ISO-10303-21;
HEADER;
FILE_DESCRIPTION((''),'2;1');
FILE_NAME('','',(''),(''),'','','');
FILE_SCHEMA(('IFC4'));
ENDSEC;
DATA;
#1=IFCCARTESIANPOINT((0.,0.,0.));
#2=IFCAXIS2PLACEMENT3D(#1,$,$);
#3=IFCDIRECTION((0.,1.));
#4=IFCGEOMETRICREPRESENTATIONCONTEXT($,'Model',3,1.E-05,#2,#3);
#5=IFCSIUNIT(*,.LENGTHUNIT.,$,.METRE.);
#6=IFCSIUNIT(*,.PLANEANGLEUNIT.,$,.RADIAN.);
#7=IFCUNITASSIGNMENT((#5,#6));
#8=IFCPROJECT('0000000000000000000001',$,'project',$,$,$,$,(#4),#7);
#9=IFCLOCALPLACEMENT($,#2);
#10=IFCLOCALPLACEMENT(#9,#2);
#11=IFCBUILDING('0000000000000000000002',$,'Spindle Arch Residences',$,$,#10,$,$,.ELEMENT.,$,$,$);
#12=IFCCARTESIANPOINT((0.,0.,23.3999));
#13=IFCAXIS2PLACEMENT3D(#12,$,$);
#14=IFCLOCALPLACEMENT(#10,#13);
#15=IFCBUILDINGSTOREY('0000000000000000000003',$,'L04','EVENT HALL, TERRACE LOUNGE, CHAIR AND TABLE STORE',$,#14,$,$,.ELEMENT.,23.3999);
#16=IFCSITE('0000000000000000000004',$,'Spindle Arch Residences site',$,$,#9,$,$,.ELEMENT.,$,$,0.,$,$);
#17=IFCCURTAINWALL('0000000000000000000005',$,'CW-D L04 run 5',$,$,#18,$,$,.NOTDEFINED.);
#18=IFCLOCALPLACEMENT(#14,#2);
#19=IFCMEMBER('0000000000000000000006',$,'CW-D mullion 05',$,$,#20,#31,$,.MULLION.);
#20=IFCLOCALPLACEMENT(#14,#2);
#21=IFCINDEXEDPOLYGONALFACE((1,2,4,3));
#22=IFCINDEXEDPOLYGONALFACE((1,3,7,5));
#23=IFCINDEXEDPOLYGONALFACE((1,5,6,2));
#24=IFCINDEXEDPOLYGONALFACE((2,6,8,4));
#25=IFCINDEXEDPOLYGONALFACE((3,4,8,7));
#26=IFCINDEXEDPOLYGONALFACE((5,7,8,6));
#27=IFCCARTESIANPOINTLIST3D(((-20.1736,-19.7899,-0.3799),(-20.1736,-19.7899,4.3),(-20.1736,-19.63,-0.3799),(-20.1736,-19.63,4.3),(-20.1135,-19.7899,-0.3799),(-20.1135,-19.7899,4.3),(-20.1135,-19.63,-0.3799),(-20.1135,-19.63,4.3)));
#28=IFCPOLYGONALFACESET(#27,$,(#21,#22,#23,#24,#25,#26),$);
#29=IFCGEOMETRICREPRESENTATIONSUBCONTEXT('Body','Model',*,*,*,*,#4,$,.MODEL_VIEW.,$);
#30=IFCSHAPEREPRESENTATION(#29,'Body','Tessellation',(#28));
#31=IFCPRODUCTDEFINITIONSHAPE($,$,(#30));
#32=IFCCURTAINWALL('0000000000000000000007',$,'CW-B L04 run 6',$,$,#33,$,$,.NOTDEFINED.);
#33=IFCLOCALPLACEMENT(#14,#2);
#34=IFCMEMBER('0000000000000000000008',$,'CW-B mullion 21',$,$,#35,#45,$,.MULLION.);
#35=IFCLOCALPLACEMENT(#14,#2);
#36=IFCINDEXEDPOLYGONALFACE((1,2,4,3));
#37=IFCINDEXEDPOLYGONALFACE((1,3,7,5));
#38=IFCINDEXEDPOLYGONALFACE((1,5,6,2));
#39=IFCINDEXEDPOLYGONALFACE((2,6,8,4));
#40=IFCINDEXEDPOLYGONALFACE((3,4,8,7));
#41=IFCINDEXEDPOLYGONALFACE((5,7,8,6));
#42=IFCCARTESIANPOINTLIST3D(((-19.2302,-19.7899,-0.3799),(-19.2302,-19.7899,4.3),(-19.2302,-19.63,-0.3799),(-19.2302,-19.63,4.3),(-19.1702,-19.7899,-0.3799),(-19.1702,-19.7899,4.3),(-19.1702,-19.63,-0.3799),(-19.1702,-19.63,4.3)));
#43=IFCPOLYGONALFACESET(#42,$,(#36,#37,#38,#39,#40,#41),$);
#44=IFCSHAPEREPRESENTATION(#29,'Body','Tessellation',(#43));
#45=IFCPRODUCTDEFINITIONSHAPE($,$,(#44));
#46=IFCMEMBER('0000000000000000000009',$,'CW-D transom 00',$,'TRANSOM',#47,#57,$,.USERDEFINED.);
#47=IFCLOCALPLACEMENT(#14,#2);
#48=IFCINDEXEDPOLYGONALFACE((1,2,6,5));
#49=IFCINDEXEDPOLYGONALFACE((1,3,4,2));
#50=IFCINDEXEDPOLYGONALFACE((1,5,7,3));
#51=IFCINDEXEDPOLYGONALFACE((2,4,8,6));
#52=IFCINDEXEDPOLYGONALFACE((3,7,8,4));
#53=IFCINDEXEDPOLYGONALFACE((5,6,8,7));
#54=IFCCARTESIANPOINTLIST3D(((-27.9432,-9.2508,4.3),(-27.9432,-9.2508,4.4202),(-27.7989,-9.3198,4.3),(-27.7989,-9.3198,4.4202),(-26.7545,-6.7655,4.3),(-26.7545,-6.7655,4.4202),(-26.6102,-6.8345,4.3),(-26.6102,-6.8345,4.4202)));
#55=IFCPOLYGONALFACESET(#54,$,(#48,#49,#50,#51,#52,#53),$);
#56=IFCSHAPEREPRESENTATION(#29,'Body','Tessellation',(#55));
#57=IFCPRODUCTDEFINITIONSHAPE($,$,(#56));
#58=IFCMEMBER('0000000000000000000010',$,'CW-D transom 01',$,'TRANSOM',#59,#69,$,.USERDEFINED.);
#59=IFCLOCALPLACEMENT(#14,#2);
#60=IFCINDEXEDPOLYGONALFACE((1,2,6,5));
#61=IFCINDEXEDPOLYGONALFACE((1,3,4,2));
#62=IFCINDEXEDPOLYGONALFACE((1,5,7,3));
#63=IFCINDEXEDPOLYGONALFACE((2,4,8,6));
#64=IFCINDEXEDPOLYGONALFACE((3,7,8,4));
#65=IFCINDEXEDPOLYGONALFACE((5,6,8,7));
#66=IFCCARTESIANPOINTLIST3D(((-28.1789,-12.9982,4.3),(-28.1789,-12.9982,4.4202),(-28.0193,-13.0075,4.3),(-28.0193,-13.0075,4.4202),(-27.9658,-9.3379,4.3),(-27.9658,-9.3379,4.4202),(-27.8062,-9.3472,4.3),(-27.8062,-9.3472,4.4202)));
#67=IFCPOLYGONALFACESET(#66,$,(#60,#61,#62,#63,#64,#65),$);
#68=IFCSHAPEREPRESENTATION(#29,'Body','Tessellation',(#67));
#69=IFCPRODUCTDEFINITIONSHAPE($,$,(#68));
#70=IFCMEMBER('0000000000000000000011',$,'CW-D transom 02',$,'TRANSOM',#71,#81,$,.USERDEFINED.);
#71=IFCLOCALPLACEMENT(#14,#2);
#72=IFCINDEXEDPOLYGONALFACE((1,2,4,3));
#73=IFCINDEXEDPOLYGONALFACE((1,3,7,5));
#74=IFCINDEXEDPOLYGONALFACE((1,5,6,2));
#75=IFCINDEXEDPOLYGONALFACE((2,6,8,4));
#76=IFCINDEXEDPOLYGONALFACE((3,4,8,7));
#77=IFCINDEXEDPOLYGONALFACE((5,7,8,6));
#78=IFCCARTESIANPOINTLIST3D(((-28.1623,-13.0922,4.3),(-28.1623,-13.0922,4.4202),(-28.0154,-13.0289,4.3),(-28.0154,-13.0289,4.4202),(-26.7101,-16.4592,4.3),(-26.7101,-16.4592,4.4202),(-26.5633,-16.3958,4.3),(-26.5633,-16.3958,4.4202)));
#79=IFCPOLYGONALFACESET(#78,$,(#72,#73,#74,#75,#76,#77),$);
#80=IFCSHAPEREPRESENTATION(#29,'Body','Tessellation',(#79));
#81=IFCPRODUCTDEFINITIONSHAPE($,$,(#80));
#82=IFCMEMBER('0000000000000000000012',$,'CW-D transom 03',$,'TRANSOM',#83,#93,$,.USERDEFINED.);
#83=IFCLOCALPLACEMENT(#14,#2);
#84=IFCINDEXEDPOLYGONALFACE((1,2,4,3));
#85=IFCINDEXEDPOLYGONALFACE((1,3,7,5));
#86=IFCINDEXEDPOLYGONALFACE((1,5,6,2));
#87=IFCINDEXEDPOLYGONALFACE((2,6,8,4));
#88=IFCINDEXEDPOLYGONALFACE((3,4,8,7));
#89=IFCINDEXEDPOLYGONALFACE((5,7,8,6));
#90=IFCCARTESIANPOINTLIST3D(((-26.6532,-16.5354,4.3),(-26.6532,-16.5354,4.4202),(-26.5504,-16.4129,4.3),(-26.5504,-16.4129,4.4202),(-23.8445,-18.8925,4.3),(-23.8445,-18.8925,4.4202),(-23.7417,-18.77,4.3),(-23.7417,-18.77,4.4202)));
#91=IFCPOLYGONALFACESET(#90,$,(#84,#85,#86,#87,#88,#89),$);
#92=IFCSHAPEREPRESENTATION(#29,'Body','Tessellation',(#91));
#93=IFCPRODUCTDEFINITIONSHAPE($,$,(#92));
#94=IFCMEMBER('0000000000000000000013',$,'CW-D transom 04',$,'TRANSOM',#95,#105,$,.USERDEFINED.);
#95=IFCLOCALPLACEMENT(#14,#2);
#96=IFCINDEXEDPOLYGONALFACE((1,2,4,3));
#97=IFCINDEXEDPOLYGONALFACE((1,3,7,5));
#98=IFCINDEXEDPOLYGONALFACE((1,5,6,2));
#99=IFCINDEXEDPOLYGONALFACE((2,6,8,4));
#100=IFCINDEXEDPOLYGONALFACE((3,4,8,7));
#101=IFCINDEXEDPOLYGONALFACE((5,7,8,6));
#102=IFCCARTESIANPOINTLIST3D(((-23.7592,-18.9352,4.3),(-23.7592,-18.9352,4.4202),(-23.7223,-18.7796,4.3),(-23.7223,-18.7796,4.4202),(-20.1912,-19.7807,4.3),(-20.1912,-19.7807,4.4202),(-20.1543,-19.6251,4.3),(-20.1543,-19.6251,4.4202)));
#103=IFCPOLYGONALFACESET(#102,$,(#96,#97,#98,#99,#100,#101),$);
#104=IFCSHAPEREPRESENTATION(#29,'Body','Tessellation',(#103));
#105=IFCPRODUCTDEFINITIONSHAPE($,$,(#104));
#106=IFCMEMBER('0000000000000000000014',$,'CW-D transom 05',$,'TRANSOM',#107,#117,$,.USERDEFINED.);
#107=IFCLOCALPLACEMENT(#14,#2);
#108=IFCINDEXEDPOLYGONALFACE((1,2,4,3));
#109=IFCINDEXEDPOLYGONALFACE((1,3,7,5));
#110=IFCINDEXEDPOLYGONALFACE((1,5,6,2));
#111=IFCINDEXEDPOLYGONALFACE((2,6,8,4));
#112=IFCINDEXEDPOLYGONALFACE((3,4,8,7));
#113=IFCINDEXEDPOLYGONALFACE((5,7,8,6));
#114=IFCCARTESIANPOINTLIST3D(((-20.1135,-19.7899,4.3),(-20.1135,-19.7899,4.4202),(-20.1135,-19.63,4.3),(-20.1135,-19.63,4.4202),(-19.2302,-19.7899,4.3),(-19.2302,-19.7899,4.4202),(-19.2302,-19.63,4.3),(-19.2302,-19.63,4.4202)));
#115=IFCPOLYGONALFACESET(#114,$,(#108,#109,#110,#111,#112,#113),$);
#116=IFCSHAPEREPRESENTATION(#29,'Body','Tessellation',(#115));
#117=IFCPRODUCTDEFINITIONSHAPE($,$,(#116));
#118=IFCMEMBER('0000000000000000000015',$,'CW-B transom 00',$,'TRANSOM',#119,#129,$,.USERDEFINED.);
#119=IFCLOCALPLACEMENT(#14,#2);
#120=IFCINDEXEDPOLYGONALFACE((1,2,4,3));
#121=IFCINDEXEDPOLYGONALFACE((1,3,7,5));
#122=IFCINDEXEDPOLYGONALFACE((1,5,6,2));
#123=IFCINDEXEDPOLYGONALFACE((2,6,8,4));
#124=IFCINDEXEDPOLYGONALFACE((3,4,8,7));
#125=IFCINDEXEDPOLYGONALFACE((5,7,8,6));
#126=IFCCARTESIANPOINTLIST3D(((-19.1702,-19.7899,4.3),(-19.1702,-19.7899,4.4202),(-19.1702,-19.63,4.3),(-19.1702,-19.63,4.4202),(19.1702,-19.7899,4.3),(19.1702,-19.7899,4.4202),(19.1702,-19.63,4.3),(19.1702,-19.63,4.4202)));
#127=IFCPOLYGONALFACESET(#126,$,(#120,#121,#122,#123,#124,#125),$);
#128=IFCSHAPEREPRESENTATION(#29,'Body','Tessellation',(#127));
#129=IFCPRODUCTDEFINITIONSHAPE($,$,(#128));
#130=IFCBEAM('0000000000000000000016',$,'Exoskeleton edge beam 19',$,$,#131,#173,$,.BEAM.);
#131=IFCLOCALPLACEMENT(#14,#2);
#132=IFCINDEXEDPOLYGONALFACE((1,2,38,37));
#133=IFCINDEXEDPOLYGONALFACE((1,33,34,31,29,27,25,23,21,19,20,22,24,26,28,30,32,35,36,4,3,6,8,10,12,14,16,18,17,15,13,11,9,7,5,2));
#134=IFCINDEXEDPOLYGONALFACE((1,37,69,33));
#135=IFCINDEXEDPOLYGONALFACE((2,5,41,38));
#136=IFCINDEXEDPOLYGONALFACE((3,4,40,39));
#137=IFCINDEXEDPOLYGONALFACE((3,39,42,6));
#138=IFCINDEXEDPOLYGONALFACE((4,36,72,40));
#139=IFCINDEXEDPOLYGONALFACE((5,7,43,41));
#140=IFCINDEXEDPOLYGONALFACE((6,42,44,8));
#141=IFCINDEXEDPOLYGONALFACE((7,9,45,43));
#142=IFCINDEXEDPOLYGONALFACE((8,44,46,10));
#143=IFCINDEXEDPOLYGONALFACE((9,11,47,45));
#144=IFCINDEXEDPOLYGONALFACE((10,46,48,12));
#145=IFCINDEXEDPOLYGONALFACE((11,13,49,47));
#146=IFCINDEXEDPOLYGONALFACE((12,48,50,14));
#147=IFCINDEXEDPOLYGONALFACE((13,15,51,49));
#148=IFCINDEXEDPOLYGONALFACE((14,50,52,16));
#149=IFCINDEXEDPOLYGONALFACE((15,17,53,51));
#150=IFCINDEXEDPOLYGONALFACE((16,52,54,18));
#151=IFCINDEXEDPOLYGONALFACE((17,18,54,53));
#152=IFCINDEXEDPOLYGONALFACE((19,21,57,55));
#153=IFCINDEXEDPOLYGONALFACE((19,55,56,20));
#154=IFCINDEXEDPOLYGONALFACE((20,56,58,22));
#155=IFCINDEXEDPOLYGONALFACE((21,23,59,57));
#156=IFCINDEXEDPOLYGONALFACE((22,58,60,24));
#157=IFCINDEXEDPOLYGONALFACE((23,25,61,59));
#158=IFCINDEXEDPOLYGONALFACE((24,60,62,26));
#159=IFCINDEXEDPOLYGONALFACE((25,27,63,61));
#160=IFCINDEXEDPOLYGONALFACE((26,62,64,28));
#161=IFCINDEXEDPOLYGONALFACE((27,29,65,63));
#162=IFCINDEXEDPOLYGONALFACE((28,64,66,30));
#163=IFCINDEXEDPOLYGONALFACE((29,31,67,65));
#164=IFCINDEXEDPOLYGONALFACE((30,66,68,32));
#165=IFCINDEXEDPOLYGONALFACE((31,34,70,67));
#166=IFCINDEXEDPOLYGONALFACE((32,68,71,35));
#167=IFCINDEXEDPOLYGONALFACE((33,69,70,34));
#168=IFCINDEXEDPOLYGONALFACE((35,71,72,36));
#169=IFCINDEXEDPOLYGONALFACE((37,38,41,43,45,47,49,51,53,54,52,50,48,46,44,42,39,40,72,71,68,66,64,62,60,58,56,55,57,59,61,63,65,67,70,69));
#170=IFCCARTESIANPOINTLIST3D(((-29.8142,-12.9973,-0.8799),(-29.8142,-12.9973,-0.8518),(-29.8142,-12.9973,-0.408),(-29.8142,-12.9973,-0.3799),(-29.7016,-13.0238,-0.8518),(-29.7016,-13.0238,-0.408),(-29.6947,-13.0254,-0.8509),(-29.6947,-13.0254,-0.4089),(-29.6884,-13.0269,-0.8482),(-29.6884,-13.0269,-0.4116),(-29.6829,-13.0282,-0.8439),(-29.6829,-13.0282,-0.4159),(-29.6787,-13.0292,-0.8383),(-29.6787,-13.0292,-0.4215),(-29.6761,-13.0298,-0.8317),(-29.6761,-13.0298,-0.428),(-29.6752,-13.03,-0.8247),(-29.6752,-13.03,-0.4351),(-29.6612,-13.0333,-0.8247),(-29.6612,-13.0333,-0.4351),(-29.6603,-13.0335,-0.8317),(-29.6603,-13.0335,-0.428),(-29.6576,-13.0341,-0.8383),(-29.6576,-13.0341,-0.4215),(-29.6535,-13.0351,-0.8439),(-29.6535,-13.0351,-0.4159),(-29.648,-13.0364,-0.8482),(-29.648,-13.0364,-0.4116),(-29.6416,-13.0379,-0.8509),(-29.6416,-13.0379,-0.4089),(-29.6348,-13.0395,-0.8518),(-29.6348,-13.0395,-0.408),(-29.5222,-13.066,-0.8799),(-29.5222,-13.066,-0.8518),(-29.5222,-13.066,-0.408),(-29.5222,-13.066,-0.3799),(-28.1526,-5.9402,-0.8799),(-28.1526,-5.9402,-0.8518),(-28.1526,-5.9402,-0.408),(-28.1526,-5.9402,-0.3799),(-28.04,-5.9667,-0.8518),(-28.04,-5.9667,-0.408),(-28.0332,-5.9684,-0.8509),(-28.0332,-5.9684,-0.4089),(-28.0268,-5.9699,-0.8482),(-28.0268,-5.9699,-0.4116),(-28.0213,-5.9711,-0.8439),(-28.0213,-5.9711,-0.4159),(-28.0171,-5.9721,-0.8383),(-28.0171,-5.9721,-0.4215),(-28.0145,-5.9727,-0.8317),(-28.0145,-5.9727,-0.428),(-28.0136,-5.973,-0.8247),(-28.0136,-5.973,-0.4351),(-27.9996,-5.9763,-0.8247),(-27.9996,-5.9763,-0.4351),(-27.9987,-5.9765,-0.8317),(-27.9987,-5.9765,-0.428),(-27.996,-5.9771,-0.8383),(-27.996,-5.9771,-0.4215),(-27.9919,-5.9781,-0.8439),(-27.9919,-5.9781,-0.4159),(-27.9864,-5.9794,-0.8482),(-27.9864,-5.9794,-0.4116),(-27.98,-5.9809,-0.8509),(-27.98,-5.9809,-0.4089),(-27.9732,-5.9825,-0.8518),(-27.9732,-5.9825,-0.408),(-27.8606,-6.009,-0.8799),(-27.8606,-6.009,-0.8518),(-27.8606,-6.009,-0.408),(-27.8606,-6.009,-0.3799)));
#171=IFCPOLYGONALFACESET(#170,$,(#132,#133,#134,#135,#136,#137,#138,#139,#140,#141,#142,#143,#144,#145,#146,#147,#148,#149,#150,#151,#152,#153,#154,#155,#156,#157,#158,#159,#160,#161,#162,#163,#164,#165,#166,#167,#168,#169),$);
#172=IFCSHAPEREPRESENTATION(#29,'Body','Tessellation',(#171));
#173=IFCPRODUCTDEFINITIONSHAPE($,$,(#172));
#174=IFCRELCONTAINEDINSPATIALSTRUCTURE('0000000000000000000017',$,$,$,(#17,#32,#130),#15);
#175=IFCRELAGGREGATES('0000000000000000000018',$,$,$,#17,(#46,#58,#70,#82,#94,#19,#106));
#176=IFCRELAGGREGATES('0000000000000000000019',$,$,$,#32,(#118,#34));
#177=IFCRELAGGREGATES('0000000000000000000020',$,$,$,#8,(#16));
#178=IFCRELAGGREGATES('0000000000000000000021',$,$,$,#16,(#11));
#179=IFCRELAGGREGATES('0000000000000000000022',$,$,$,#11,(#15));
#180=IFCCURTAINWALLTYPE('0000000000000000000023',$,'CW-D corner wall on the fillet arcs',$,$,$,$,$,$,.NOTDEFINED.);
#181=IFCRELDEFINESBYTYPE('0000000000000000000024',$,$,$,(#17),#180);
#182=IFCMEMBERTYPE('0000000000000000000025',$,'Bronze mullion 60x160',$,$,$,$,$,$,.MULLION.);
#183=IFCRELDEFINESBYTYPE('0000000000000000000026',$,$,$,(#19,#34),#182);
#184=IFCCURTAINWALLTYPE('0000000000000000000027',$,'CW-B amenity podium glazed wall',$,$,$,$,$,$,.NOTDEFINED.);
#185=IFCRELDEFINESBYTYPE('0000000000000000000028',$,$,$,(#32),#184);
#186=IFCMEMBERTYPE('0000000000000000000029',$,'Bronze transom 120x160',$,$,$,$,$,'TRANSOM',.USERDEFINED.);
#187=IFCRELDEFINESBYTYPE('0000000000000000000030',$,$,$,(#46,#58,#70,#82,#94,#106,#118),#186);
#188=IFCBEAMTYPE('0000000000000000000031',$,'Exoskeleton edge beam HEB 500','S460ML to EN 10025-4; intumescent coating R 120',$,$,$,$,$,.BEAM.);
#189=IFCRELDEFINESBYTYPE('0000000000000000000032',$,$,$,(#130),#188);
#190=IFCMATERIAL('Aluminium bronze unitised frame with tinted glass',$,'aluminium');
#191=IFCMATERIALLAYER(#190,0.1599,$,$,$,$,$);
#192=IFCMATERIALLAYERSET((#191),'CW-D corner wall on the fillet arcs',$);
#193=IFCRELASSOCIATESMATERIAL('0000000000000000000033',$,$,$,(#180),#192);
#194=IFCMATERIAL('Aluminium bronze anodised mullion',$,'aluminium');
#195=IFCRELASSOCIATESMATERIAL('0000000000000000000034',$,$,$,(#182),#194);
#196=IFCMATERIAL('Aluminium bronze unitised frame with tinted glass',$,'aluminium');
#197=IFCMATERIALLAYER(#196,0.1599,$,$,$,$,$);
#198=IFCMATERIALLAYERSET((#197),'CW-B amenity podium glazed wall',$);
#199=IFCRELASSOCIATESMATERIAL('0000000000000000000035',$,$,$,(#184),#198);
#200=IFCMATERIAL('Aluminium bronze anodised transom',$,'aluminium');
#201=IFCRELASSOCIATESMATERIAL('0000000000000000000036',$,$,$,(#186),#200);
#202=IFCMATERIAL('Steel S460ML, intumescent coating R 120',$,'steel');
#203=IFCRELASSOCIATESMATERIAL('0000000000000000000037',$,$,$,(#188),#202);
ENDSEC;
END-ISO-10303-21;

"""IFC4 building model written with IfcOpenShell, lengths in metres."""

from ifc_helpers import new_model, si_unit, direction, frame, origin, origin_2d, place, context, subcontext, project, spatial, rectangle, i_section, extrude, material, layer, layer_set, material_profile, profile_set, type_object, element, aggregate, save


model = new_model("IFC4")

# Units and contexts
model_context = context("Model", 3, precision=1e-05, world=origin(), true_north=direction((0.0, 1.0)))
body_context = subcontext(model_context, "Body", "Model", "MODEL_VIEW")
ifc_project = project(units=[si_unit("LENGTHUNIT", "METRE"), si_unit("PLANEANGLEUNIT", "RADIAN")], contexts=[model_context])

# Site, building, storey
site_placement = place(None, origin())
site = spatial("IfcSite", under=ifc_project, at=site_placement, Name="Spindle Arch Residences site", CompositionType="ELEMENT", RefElevation=0.0)
building_placement = place(site_placement, origin())
building = spatial("IfcBuilding", under=site, at=building_placement, Name="Spindle Arch Residences", CompositionType="ELEMENT")
storey_placement = place(building_placement, frame((0.0, 0.0, 23.3999)))
storey = spatial("IfcBuildingStorey", under=building, at=storey_placement, Name="L04", Description="EVENT HALL, TERRACE LOUNGE, CHAIR AND TABLE STORE", CompositionType="ELEMENT", Elevation=23.3999)

# Curtain wall, member
ifc_material_1 = material(Name="Aluminium bronze unitised frame with tinted glass", Category="aluminium")
ifc_layer_1 = layer(ifc_material_1, 0.1599)
ifc_layer_set_1 = layer_set([ifc_layer_1], Name="CW-D corner wall on the fillet arcs")
curtain_wall_type_1 = type_object("IfcCurtainWallType", Name="CW-D corner wall on the fillet arcs", PredefinedType="NOTDEFINED", material=ifc_layer_set_1)
curtain_wall_1_placement = place(storey_placement, origin())
curtain_wall_1 = element("IfcCurtainWall", 1, at=curtain_wall_1_placement, inside=storey, type_object=curtain_wall_type_1, Name="CW-D L04 run 5", PredefinedType="NOTDEFINED")
ifc_material_2 = material(Name="Aluminium bronze anodised mullion", Category="aluminium")
ifc_material_profile_1 = material_profile(ifc_material_2, rectangle(XDim=0.1599, YDim=0.0601, at=origin_2d()), Name="MU 60x160")
ifc_profile_set_1 = profile_set([ifc_material_profile_1], Name="Aluminium bronze anodised mullion")
member_type_1 = type_object("IfcMemberType", Name="Bronze mullion 60x160", PredefinedType="MULLION", material=ifc_profile_set_1)
member_1_placement = place(storey_placement, frame((-20.1436, -19.71, -0.3799), z_axis=(0.0, 0.0, 1.0), x_axis=(0.0, 1.0, 0.0)))
member_1 = element("IfcMember", 2, at=member_1_placement, type_object=member_type_1, Name="CW-D mullion 05", PredefinedType="MULLION", context=body_context, shape_type="SweptSolid", body=[
    extrude(rectangle(XDim=0.1599, YDim=0.0601, at=origin_2d()), origin(), (0.0, 0.0, 1.0), 4.6799),
])

# Curtain wall, member
ifc_material_3 = material(Name="Aluminium bronze unitised frame with tinted glass", Category="aluminium")
ifc_layer_2 = layer(ifc_material_3, 0.1599)
ifc_layer_set_2 = layer_set([ifc_layer_2], Name="CW-B amenity podium glazed wall")
curtain_wall_type_2 = type_object("IfcCurtainWallType", Name="CW-B amenity podium glazed wall", PredefinedType="NOTDEFINED", material=ifc_layer_set_2)
curtain_wall_2_placement = place(storey_placement, origin())
curtain_wall_2 = element("IfcCurtainWall", 3, at=curtain_wall_2_placement, inside=storey, type_object=curtain_wall_type_2, Name="CW-B L04 run 6", PredefinedType="NOTDEFINED")
member_2_placement = place(storey_placement, frame((-19.2002, -19.71, -0.3799), z_axis=(0.0, 0.0, 1.0), x_axis=(0.0, 1.0, 0.0)))
member_2 = element("IfcMember", 4, at=member_2_placement, type_object=member_type_1, Name="CW-B mullion 21", PredefinedType="MULLION", context=body_context, shape_type="SweptSolid", body=[
    extrude(rectangle(XDim=0.1599, YDim=0.0601, at=origin_2d()), origin(), (0.0, 0.0, 1.0), 4.6799),
])

# Members
ifc_material_4 = material(Name="Aluminium bronze anodised transom", Category="aluminium")
ifc_material_profile_2 = material_profile(ifc_material_4, rectangle(XDim=0.1599, YDim=0.1201, at=origin_2d()), Name="TR 120x160")
ifc_profile_set_2 = profile_set([ifc_material_profile_2], Name="Aluminium bronze anodised transom")
member_type_2 = type_object("IfcMemberType", Name="Bronze transom 120x160", ElementType="TRANSOM", PredefinedType="USERDEFINED", material=ifc_profile_set_2)
member_3_placement = place(storey_placement, frame((-26.6824, -6.8, 4.3601), z_axis=(-0.431477, -0.902124, 0.0), x_axis=(0.902124, -0.431477, 0.0)))
member_3 = element("IfcMember", 5, at=member_3_placement, type_object=member_type_2, Name="CW-D transom 00", ObjectType="TRANSOM", PredefinedType="USERDEFINED", context=body_context, shape_type="SweptSolid", body=[
    extrude(rectangle(XDim=0.1599, YDim=0.1201, at=origin_2d()), origin(), (0.0, 0.0, 1.0), 2.7549),
])
member_4_placement = place(storey_placement, frame((-27.886, -9.3425, 4.3601), z_axis=(-0.058129, -0.998309, 0.0), x_axis=(0.998309, -0.058129, 0.0)))
member_4 = element("IfcMember", 6, at=member_4_placement, type_object=member_type_2, Name="CW-D transom 01", ObjectType="TRANSOM", PredefinedType="USERDEFINED", context=body_context, shape_type="SweptSolid", body=[
    extrude(rectangle(XDim=0.1599, YDim=0.1201, at=origin_2d()), origin(), (0.0, 0.0, 1.0), 3.6665),
])
member_5_placement = place(storey_placement, frame((-28.0889, -13.0605, 4.3601), z_axis=(0.396032, -0.918237, 0.0), x_axis=(0.918237, 0.396032, 0.0)))
member_5 = element("IfcMember", 7, at=member_5_placement, type_object=member_type_2, Name="CW-D transom 02", ObjectType="TRANSOM", PredefinedType="USERDEFINED", context=body_context, shape_type="SweptSolid", body=[
    extrude(rectangle(XDim=0.1599, YDim=0.1201, at=origin_2d()), origin(), (0.0, 0.0, 1.0), 3.6667),
])
member_6_placement = place(storey_placement, frame((-26.6018, -16.4741, 4.3601), z_axis=(0.766006, -0.642833, 0.0), x_axis=(0.642833, 0.766006, 0.0)))
member_6 = element("IfcMember", 8, at=member_6_placement, type_object=member_type_2, Name="CW-D transom 03", ObjectType="TRANSOM", PredefinedType="USERDEFINED", context=body_context, shape_type="SweptSolid", body=[
    extrude(rectangle(XDim=0.1599, YDim=0.1201, at=origin_2d()), origin(), (0.0, 0.0, 1.0), 3.6667),
])
member_7_placement = place(storey_placement, frame((-23.7407, -18.8574, 4.3601), z_axis=(0.973054, -0.230579, 0.0), x_axis=(0.230579, 0.973054, 0.0)))
member_7 = element("IfcMember", 9, at=member_7_placement, type_object=member_type_2, Name="CW-D transom 04", ObjectType="TRANSOM", PredefinedType="USERDEFINED", context=body_context, shape_type="SweptSolid", body=[
    extrude(rectangle(XDim=0.1599, YDim=0.1201, at=origin_2d()), origin(), (0.0, 0.0, 1.0), 3.6667),
])
member_8_placement = place(storey_placement, frame((-20.1135, -19.71, 4.3601), z_axis=(1.0, 0.0, 0.0), x_axis=(0.0, 1.0, 0.0)))
member_8 = element("IfcMember", 10, at=member_8_placement, type_object=member_type_2, Name="CW-D transom 05", ObjectType="TRANSOM", PredefinedType="USERDEFINED", context=body_context, shape_type="SweptSolid", body=[
    extrude(rectangle(XDim=0.1599, YDim=0.1201, at=origin_2d()), origin(), (0.0, 0.0, 1.0), 0.8833),
])
member_9_placement = place(storey_placement, frame((-19.1702, -19.71, 4.3601), z_axis=(1.0, 0.0, 0.0), x_axis=(0.0, 1.0, 0.0)))
member_9 = element("IfcMember", 11, at=member_9_placement, type_object=member_type_2, Name="CW-B transom 00", ObjectType="TRANSOM", PredefinedType="USERDEFINED", context=body_context, shape_type="SweptSolid", body=[
    extrude(rectangle(XDim=0.1599, YDim=0.1201, at=origin_2d()), origin(), (0.0, 0.0, 1.0), 38.3403),
])

# Beam
ifc_material_5 = material(Name="Steel S460ML, intumescent coating R 120", Category="steel")
ifc_material_profile_3 = material_profile(ifc_material_5, i_section(OverallWidth=0.3, OverallDepth=0.5, WebThickness=0.0144, FlangeThickness=0.0281, FilletRadius=0.0271, at=origin_2d()), Name="HEB 500")
ifc_profile_set_3 = profile_set([ifc_material_profile_3], Name="Steel S460ML, intumescent coating R 120")
beam_type_1 = type_object("IfcBeamType", Name="Exoskeleton edge beam HEB 500", Description="S460ML to EN 10025-4; intumescent coating R 120", PredefinedType="BEAM", material=ifc_profile_set_3)
beam_1_placement = place(storey_placement, frame((-28.0066, -5.9746, -0.6299), z_axis=(-0.229186, -0.973383, 0.0), x_axis=(0.973383, -0.229186, 0.0)))
element("IfcBeam", 12, at=beam_1_placement, inside=storey, type_object=beam_type_1, Name="Exoskeleton edge beam 19", PredefinedType="BEAM", context=body_context, shape_type="SweptSolid", body=[
    extrude(i_section(OverallWidth=0.3, OverallDepth=0.5, WebThickness=0.0144, FlangeThickness=0.0281, FilletRadius=0.0271, at=origin_2d()), origin(), (0.0, 0.0, 1.0), 7.25),
])

aggregate(curtain_wall_1, [member_3, member_4, member_5, member_6, member_7, member_1, member_8])
aggregate(curtain_wall_2, [member_9, member_2])

save(model, "model.ifc")
